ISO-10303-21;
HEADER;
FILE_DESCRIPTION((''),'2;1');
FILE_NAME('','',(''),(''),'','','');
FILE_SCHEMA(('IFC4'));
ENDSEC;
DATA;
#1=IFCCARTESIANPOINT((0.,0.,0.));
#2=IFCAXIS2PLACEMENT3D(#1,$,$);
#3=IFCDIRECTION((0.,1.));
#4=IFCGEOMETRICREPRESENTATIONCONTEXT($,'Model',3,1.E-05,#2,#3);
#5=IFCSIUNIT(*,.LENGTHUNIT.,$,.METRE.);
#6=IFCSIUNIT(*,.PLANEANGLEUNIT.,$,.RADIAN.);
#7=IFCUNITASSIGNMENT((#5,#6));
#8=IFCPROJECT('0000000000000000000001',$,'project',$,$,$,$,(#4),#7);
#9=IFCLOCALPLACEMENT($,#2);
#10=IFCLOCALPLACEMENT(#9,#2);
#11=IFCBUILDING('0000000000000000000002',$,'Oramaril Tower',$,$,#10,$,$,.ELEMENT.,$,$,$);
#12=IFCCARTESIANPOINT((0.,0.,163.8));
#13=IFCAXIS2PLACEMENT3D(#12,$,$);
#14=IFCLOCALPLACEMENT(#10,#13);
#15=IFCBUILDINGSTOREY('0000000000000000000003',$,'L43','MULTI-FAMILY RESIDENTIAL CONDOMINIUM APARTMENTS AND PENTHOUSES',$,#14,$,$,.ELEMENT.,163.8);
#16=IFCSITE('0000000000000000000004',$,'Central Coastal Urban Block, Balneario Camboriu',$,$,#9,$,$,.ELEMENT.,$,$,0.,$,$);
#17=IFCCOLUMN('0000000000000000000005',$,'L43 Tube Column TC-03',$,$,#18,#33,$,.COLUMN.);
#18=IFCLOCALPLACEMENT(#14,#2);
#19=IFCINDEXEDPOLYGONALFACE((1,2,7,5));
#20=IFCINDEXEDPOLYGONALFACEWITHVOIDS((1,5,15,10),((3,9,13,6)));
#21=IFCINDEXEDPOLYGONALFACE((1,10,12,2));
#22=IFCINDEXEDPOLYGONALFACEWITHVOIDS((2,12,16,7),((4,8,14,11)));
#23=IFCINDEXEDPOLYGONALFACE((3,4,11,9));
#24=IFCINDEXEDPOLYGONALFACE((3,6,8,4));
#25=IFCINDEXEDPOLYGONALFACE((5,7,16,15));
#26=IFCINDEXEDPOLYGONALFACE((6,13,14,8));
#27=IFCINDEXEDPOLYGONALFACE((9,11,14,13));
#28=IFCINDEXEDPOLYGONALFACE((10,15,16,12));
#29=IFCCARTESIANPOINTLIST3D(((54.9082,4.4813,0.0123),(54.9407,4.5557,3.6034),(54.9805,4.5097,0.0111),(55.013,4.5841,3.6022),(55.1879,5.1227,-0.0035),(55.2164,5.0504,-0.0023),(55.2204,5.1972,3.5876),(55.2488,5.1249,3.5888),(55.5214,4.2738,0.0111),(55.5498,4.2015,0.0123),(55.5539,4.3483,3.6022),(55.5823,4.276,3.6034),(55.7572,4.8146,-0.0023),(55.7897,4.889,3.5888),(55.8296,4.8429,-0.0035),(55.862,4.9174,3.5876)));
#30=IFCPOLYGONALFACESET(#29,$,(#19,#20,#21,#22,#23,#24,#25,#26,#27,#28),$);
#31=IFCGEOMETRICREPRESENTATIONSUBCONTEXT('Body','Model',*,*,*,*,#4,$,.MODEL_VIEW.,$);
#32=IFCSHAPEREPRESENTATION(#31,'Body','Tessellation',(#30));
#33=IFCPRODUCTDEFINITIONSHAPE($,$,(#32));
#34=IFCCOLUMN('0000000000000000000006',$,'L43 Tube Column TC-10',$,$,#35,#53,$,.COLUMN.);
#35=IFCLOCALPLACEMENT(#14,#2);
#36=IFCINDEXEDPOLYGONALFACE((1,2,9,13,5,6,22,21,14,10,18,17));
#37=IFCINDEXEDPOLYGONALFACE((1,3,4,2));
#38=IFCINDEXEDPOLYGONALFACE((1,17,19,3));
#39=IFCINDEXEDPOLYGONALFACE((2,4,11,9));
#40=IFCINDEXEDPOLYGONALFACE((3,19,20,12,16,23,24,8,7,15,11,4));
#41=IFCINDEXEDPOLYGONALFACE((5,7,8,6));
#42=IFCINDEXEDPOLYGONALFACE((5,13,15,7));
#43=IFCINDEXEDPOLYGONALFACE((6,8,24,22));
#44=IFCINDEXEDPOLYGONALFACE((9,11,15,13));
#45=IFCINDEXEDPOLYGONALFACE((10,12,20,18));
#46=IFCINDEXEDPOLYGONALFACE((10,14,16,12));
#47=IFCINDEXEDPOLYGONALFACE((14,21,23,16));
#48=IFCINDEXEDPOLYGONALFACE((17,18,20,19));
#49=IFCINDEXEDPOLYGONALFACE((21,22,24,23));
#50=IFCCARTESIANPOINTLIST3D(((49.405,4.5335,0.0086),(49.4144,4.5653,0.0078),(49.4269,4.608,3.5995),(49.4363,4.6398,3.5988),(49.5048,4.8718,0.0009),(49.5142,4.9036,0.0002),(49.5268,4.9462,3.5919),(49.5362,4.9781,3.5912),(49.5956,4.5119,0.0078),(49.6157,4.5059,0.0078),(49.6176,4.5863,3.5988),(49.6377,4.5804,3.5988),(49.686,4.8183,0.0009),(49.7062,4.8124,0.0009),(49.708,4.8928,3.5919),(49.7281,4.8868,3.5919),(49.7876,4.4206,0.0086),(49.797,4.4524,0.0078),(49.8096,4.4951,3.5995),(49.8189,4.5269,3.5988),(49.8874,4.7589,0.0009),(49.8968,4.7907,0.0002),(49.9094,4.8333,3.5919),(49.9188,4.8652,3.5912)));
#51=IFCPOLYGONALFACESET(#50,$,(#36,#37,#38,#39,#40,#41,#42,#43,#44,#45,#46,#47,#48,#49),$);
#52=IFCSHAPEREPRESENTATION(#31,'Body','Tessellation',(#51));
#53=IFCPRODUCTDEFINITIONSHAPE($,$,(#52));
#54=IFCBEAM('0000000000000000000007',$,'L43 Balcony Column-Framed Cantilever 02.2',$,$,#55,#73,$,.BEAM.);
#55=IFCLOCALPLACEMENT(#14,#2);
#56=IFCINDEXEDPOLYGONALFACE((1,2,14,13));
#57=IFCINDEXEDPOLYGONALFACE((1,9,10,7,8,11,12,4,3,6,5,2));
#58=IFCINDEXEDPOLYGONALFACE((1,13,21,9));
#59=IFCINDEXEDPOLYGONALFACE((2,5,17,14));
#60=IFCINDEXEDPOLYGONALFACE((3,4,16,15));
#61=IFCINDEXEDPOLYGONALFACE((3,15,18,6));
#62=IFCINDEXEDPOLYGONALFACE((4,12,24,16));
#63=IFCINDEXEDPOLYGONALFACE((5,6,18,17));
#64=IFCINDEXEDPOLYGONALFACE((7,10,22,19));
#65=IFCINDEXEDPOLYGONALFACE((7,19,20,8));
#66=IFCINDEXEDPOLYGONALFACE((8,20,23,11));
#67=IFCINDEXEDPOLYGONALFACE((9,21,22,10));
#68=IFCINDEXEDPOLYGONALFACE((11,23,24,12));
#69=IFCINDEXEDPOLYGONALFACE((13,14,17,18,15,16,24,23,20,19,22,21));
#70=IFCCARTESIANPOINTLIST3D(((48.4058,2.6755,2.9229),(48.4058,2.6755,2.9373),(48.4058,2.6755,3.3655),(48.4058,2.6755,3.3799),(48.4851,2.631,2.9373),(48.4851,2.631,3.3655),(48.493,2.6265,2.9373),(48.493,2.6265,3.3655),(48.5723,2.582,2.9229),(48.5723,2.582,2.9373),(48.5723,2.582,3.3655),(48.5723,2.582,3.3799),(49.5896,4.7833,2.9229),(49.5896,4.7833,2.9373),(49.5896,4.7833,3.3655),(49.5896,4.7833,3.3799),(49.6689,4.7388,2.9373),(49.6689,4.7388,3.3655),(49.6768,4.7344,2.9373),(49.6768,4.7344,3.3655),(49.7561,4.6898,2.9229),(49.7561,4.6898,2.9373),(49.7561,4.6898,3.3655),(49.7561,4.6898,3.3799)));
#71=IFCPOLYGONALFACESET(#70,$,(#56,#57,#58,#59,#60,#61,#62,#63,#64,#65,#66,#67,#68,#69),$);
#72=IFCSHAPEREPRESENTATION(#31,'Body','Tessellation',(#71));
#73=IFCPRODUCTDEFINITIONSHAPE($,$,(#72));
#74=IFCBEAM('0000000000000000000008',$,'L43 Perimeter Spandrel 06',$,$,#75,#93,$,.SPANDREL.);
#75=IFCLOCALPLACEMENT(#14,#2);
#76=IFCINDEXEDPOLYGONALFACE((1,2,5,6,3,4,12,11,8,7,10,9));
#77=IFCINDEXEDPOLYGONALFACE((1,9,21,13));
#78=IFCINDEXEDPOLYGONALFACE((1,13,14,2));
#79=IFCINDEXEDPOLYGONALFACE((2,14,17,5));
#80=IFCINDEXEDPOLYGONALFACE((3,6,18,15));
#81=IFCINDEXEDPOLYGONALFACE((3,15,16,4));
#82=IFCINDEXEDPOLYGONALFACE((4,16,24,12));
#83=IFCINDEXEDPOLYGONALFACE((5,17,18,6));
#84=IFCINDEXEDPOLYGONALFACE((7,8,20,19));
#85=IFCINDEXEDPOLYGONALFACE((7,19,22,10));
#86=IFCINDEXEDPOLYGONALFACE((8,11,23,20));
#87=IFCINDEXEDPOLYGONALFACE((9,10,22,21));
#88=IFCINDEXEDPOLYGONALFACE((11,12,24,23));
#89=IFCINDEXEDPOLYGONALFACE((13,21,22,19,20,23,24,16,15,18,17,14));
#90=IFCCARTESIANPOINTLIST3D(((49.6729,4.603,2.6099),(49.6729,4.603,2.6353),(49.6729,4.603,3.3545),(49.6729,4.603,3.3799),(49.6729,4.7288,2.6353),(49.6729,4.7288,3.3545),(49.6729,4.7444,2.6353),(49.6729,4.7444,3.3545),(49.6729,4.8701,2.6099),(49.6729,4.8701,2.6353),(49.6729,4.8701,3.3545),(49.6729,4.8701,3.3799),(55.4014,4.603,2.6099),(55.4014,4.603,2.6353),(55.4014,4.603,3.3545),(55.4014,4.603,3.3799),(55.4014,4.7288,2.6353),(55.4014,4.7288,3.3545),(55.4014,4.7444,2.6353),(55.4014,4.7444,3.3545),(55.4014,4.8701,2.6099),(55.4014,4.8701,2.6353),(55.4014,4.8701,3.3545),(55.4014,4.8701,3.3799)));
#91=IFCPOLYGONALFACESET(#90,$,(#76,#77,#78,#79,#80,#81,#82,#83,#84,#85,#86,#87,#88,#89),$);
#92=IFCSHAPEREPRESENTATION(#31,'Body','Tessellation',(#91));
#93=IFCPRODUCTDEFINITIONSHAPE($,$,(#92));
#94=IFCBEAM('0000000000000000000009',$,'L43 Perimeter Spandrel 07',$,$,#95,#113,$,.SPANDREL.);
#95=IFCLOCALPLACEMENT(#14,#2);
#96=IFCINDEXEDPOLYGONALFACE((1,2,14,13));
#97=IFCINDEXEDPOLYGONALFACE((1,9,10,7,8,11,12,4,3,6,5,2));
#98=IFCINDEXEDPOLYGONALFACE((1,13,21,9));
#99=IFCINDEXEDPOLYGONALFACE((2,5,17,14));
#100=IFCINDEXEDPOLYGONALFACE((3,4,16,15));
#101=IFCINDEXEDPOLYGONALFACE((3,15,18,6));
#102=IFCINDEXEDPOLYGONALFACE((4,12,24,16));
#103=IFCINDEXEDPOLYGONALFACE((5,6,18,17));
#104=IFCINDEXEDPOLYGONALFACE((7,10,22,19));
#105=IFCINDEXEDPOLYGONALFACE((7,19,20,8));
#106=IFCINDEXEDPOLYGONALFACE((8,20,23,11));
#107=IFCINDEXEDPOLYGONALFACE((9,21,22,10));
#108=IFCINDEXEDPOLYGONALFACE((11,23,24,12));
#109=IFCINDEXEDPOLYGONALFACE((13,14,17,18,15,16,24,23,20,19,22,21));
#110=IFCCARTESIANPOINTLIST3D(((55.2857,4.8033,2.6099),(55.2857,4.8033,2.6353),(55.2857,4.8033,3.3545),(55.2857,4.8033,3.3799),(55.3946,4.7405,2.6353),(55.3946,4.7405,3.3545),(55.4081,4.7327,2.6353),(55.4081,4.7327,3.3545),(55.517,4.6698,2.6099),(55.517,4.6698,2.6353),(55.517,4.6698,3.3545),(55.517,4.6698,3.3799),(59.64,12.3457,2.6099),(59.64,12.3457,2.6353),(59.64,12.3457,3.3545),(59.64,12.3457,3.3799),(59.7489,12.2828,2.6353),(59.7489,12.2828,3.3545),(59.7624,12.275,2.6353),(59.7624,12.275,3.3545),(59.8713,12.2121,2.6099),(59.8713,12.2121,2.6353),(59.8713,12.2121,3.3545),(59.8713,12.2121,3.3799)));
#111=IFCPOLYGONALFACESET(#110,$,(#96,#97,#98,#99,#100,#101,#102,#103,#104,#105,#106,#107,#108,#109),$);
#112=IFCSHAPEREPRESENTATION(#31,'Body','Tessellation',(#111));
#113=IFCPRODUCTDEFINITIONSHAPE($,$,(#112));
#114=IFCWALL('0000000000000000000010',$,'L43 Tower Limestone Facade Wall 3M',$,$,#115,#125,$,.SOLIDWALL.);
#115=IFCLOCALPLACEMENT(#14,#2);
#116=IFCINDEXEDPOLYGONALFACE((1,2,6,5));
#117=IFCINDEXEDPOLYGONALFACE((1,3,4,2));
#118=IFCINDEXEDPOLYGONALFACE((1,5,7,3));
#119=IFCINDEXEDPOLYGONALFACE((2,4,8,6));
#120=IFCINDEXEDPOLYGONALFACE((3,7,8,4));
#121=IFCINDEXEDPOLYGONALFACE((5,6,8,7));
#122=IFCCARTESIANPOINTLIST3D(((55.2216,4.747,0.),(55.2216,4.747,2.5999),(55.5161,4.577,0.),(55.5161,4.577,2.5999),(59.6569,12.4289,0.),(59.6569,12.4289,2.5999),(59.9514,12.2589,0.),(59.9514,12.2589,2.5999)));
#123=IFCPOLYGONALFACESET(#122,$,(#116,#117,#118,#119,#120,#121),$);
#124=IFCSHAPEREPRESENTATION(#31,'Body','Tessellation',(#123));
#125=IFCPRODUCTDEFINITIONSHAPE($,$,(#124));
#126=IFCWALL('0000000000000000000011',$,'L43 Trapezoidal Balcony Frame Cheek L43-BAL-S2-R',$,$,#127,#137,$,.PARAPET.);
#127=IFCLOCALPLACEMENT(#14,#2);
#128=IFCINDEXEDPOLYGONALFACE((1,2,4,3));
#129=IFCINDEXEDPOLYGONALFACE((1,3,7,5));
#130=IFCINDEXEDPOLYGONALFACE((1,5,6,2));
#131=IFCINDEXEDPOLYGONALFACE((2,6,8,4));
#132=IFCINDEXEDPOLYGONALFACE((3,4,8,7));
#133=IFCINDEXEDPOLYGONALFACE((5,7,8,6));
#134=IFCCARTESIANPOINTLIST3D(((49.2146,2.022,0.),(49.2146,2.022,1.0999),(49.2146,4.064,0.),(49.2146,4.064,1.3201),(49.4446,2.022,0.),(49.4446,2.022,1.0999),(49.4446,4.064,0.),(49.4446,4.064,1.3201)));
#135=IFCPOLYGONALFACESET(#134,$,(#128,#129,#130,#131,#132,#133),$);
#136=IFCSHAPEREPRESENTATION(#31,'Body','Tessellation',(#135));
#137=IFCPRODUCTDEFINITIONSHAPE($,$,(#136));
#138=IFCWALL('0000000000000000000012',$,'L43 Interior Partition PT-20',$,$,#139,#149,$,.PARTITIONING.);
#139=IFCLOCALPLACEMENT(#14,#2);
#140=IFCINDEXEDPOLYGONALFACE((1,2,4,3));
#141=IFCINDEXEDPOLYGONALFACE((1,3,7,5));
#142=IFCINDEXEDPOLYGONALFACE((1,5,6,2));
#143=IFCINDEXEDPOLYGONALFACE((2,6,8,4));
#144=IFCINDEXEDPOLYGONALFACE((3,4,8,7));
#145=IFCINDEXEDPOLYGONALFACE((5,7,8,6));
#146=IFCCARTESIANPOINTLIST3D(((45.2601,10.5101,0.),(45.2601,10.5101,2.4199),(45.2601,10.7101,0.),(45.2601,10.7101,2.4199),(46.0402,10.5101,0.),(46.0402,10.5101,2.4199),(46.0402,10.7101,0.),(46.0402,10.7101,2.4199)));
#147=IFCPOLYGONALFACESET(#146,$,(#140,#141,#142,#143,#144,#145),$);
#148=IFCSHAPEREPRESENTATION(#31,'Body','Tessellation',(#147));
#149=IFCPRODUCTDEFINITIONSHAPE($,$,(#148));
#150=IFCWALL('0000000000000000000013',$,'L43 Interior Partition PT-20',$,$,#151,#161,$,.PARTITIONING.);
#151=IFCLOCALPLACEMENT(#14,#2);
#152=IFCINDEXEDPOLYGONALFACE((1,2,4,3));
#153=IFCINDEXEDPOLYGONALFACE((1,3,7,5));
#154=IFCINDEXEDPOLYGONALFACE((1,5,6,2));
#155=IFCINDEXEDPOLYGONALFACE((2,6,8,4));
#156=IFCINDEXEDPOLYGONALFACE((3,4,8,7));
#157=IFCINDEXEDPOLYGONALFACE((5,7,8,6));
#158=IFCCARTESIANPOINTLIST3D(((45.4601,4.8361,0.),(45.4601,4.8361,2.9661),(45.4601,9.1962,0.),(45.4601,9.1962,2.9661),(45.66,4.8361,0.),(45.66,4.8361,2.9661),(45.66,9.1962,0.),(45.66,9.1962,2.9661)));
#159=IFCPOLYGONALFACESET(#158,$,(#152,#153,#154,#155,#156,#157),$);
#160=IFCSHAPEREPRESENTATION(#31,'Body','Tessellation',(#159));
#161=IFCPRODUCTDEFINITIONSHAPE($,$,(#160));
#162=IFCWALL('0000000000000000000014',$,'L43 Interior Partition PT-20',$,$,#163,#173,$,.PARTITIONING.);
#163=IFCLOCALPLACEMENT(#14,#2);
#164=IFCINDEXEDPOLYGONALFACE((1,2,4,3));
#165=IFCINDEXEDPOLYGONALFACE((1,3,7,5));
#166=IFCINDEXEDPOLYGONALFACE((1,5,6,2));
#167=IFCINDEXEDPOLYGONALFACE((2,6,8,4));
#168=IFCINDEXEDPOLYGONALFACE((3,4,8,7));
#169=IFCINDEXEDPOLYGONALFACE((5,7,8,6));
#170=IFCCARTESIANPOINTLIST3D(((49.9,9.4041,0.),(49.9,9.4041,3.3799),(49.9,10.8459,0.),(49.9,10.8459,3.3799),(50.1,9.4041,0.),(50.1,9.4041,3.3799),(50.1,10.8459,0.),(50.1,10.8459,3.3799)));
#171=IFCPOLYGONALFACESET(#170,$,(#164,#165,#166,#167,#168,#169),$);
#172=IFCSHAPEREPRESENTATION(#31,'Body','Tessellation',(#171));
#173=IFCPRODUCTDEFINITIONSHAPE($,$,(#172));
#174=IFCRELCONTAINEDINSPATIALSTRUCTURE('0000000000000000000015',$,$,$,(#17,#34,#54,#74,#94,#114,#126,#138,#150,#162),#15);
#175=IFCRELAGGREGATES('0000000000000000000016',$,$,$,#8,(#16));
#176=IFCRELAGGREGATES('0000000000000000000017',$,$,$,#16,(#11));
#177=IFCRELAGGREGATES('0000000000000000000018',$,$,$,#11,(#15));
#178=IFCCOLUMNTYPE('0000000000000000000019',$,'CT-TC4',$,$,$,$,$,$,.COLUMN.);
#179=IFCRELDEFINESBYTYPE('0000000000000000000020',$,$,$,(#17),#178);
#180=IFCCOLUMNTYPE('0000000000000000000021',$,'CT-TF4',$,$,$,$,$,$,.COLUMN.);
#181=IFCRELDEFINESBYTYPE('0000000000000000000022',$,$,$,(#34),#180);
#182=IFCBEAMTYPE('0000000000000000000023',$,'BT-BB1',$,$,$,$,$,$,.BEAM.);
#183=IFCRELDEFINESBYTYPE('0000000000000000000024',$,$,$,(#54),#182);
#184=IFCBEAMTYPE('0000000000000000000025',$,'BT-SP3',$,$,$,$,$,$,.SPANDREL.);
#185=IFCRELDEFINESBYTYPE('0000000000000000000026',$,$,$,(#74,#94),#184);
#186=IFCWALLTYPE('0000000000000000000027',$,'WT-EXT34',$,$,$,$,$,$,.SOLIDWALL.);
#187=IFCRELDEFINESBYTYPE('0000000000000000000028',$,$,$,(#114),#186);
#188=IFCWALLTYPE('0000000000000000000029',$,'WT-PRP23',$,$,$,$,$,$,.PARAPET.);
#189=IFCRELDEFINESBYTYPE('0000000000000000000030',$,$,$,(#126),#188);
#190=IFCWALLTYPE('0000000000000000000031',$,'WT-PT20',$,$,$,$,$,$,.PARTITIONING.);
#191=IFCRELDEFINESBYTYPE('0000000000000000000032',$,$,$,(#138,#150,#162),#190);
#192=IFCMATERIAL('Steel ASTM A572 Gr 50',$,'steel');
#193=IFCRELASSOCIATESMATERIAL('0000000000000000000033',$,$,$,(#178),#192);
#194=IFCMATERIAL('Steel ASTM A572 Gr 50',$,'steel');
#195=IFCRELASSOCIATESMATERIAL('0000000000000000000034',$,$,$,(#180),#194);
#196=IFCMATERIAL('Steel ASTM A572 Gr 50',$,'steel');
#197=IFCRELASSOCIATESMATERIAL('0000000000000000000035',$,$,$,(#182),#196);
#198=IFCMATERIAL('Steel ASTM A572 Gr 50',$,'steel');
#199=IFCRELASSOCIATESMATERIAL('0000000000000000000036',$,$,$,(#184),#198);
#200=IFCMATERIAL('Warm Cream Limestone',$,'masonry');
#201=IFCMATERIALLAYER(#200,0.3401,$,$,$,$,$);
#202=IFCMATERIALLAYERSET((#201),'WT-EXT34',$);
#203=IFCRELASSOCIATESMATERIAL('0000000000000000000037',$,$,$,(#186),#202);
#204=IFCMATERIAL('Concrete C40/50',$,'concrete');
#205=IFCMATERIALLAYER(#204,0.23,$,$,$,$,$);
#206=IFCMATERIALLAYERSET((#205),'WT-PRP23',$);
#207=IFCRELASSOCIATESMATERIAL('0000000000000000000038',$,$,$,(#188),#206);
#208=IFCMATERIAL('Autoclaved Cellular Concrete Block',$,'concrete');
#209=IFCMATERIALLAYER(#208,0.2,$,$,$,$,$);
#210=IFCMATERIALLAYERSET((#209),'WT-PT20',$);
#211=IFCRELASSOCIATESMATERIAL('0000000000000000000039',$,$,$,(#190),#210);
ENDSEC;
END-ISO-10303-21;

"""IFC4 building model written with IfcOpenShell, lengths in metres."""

from ifc_helpers import new_model, si_unit, direction, frame, frame_2d, origin, origin_2d, place, context, subcontext, project, spatial, polyline, rectangle, hollow_rectangle, i_section, outline, extrude, material, layer, layer_set, material_profile, profile_set, type_object, element, save


model = new_model("IFC4")

# Units and contexts
model_context = context("Model", 3, precision=1e-05, world=origin(), true_north=direction((0.0, 1.0)))
body_context = subcontext(model_context, "Body", "Model", "MODEL_VIEW")
ifc_project = project(units=[si_unit("LENGTHUNIT", "METRE"), si_unit("PLANEANGLEUNIT", "RADIAN")], contexts=[model_context])

# Site, building, storey
site_placement = place(None, origin())
site = spatial("IfcSite", under=ifc_project, at=site_placement, Name="Central Coastal Urban Block, Balneario Camboriu", CompositionType="ELEMENT", RefElevation=0.0)
building_placement = place(site_placement, origin())
building = spatial("IfcBuilding", under=site, at=building_placement, Name="Oramaril Tower", CompositionType="ELEMENT")
storey_placement = place(building_placement, frame((0.0, 0.0, 163.8)))
storey = spatial("IfcBuildingStorey", under=building, at=storey_placement, Name="L43", Description="MULTI-FAMILY RESIDENTIAL CONDOMINIUM APARTMENTS AND PENTHOUSES", CompositionType="ELEMENT", Elevation=163.8)

# Columns
ifc_material_1 = material(Name="Steel ASTM A572 Gr 50", Category="steel")
ifc_material_profile_1 = material_profile(ifc_material_1, hollow_rectangle(XDim=0.7, YDim=0.7, WallThickness=0.0549, at=origin_2d()), Name="BOX700X700X55")
ifc_profile_set_1 = profile_set([ifc_material_profile_1], Name="Steel ASTM A572 Gr 50")
column_type_1 = type_object("IfcColumnType", Name="CT-TC4", PredefinedType="COLUMN", material=ifc_profile_set_1)
column_1_placement = place(storey_placement, frame((55.3689, 4.6621, 0.0044), z_axis=(0.00904, 0.02073, 0.999744), x_axis=(-0.91664, 0.399715, 0.0)))
element("IfcColumn", 1, at=column_1_placement, inside=storey, type_object=column_type_1, Name="L43 Tube Column TC-03", PredefinedType="COLUMN", context=body_context, shape_type="SweptSolid", body=[
    extrude(hollow_rectangle(XDim=0.7, YDim=0.7, WallThickness=0.0549, at=origin_2d()), origin(), (0.0, 0.0, 1.0), 3.592),
])
ifc_material_2 = material(Name="Steel ASTM A572 Gr 50", Category="steel")
ifc_material_profile_2 = material_profile(ifc_material_2, i_section(OverallWidth=0.3989, OverallDepth=0.386, WebThickness=0.021, FlangeThickness=0.0332, at=origin_2d()), Name="W14X176")
ifc_profile_set_2 = profile_set([ifc_material_profile_2], Name="Steel ASTM A572 Gr 50")
column_type_2 = type_object("IfcColumnType", Name="CT-TF4", PredefinedType="COLUMN", material=ifc_profile_set_2)
column_2_placement = place(storey_placement, frame((49.6509, 4.6621, 0.0044), z_axis=(0.006117, 0.020731, 0.999766), x_axis=(-0.959115, 0.283017, 0.0)))
element("IfcColumn", 2, at=column_2_placement, inside=storey, type_object=column_type_2, Name="L43 Tube Column TC-10", PredefinedType="COLUMN", context=body_context, shape_type="SweptSolid", body=[
    extrude(i_section(OverallWidth=0.3989, OverallDepth=0.386, WebThickness=0.021, FlangeThickness=0.0332, at=origin_2d()), origin(), (0.0, 0.0, 1.0), 3.5918),
])

# Beams
ifc_material_3 = material(Name="Steel ASTM A572 Gr 50", Category="steel")
ifc_material_profile_3 = material_profile(ifc_material_3, i_section(OverallWidth=0.1909, OverallDepth=0.457, WebThickness=0.009, FlangeThickness=0.0144, at=origin_2d()), Name="W18X50")
ifc_profile_set_3 = profile_set([ifc_material_profile_3], Name="Steel ASTM A572 Gr 50")
beam_type_1 = type_object("IfcBeamType", Name="BT-BB1", PredefinedType="BEAM", material=ifc_profile_set_3)
beam_1_placement = place(storey_placement, frame((49.6729, 4.7366, 3.1514), z_axis=(-0.489676, -0.871904, 0.0), x_axis=(0.871904, -0.489676, 0.0)))
element("IfcBeam", 3, at=beam_1_placement, inside=storey, type_object=beam_type_1, Name="L43 Balcony Column-Framed Cantilever 02.2", PredefinedType="BEAM", context=body_context, shape_type="SweptSolid", body=[
    extrude(i_section(OverallWidth=0.1909, OverallDepth=0.457, WebThickness=0.009, FlangeThickness=0.0144, at=origin_2d()), origin(), (0.0, 0.0, 1.0), 2.4175),
])
ifc_material_4 = material(Name="Steel ASTM A572 Gr 50", Category="steel")
ifc_material_profile_4 = material_profile(ifc_material_4, i_section(OverallWidth=0.2671, OverallDepth=0.77, WebThickness=0.0156, FlangeThickness=0.0254, at=origin_2d()), Name="W30X132")
ifc_profile_set_4 = profile_set([ifc_material_profile_4], Name="Steel ASTM A572 Gr 50")
beam_type_2 = type_object("IfcBeamType", Name="BT-SP3", PredefinedType="SPANDREL", material=ifc_profile_set_4)
beam_2_placement = place(storey_placement, frame((49.6729, 4.7366, 2.9949), z_axis=(1.0, 0.0, 0.0), x_axis=(0.0, 1.0, 0.0)))
element("IfcBeam", 4, at=beam_2_placement, inside=storey, type_object=beam_type_2, Name="L43 Perimeter Spandrel 06", PredefinedType="SPANDREL", context=body_context, shape_type="SweptSolid", body=[
    extrude(i_section(OverallWidth=0.2671, OverallDepth=0.77, WebThickness=0.0156, FlangeThickness=0.0254, at=origin_2d()), origin(), (0.0, 0.0, 1.0), 5.7285),
])
beam_3_placement = place(storey_placement, frame((55.4014, 4.7366, 2.9949), z_axis=(0.499977, 0.866039, 0.0), x_axis=(-0.866039, 0.499977, 0.0)))
element("IfcBeam", 5, at=beam_3_placement, inside=storey, type_object=beam_type_2, Name="L43 Perimeter Spandrel 07", PredefinedType="SPANDREL", context=body_context, shape_type="SweptSolid", body=[
    extrude(i_section(OverallWidth=0.2671, OverallDepth=0.77, WebThickness=0.0156, FlangeThickness=0.0254, at=origin_2d()), origin(), (0.0, 0.0, 1.0), 8.709),
])

# Walls
ifc_material_5 = material(Name="Warm Cream Limestone", Category="masonry")
ifc_layer_1 = layer(ifc_material_5, 0.3401)
ifc_layer_set_1 = layer_set([ifc_layer_1], Name="WT-EXT34")
wall_type_1 = type_object("IfcWallType", Name="WT-EXT34", PredefinedType="SOLIDWALL", material=ifc_layer_set_1)
wall_1_placement = place(storey_placement, frame((55.3689, 4.6621, 0.0), z_axis=(0.0, 0.0, 1.0), x_axis=(0.500014, 0.866017, 0.0)))
element("IfcWall", 6, at=wall_1_placement, inside=storey, type_object=wall_type_1, Name="L43 Tower Limestone Facade Wall 3M", PredefinedType="SOLIDWALL", context=body_context, shape_type="SweptSolid", body=[
    extrude(rectangle(XDim=8.8704, YDim=0.3401, at=frame_2d((4.4351, 0.0))), origin(), (0.0, 0.0, 1.0), 2.5999),
])
ifc_material_6 = material(Name="Concrete C40/50", Category="concrete")
ifc_layer_2 = layer(ifc_material_6, 0.23)
ifc_layer_set_2 = layer_set([ifc_layer_2], Name="WT-PRP23")
wall_type_2 = type_object("IfcWallType", Name="WT-PRP23", PredefinedType="PARAPET", material=ifc_layer_set_2)
wall_2_placement = place(storey_placement, frame((49.3296, 4.064, 0.0), z_axis=(0.0, 0.0, 1.0), x_axis=(0.0, -1.0, 0.0)))
element("IfcWall", 7, at=wall_2_placement, inside=storey, type_object=wall_type_2, Name="L43 Trapezoidal Balcony Frame Cheek L43-BAL-S2-R", PredefinedType="PARAPET", context=body_context, shape_type="SweptSolid", body=[
    extrude(outline(polyline([(0.0, 0.0), (2.042, 0.0), (2.042, 1.0999), (0.0, 1.3201), (0.0, 0.0)])), frame((0.0, 0.115, 0.0), z_axis=(0.0, -1.0, 0.0), x_axis=(1.0, 0.0, 0.0)), (0.0, 0.0, 1.0), 0.23),
])
ifc_material_7 = material(Name="Autoclaved Cellular Concrete Block", Category="concrete")
ifc_layer_3 = layer(ifc_material_7, 0.2)
ifc_layer_set_3 = layer_set([ifc_layer_3], Name="WT-PT20")
wall_type_3 = type_object("IfcWallType", Name="WT-PT20", PredefinedType="PARTITIONING", material=ifc_layer_set_3)
wall_3_placement = place(storey_placement, frame((45.26, 10.6101, 0.0), z_axis=(0.0, 0.0, 1.0), x_axis=(1.0, 0.0, 0.0)))
element("IfcWall", 8, at=wall_3_placement, inside=storey, type_object=wall_type_3, Name="L43 Interior Partition PT-20", PredefinedType="PARTITIONING", context=body_context, shape_type="SweptSolid", body=[
    extrude(rectangle(XDim=0.78, YDim=0.2, at=frame_2d((0.3901, 0.0))), origin(), (0.0, 0.0, 1.0), 2.4199),
])
wall_4_placement = place(storey_placement, frame((45.5601, 4.8359, 0.0), z_axis=(0.0, 0.0, 1.0), x_axis=(0.0, 1.0, 0.0)))
element("IfcWall", 9, at=wall_4_placement, inside=storey, type_object=wall_type_3, Name="L43 Interior Partition PT-20", PredefinedType="PARTITIONING", context=body_context, shape_type="SweptSolid", body=[
    extrude(rectangle(XDim=4.3601, YDim=0.2, at=frame_2d((2.1802, 0.0))), origin(), (0.0, 0.0, 1.0), 2.9661),
])
wall_5_placement = place(storey_placement, frame((50.0, 9.4041, 0.0), z_axis=(0.0, 0.0, 1.0), x_axis=(0.0, 1.0, 0.0)))
element("IfcWall", 10, at=wall_5_placement, inside=storey, type_object=wall_type_3, Name="L43 Interior Partition PT-20", PredefinedType="PARTITIONING", context=body_context, shape_type="SweptSolid", body=[
    extrude(rectangle(XDim=1.4419, YDim=0.2, at=frame_2d((0.7209, 0.0))), origin(), (0.0, 0.0, 1.0), 3.3799),
])

save(model, "model.ifc")
